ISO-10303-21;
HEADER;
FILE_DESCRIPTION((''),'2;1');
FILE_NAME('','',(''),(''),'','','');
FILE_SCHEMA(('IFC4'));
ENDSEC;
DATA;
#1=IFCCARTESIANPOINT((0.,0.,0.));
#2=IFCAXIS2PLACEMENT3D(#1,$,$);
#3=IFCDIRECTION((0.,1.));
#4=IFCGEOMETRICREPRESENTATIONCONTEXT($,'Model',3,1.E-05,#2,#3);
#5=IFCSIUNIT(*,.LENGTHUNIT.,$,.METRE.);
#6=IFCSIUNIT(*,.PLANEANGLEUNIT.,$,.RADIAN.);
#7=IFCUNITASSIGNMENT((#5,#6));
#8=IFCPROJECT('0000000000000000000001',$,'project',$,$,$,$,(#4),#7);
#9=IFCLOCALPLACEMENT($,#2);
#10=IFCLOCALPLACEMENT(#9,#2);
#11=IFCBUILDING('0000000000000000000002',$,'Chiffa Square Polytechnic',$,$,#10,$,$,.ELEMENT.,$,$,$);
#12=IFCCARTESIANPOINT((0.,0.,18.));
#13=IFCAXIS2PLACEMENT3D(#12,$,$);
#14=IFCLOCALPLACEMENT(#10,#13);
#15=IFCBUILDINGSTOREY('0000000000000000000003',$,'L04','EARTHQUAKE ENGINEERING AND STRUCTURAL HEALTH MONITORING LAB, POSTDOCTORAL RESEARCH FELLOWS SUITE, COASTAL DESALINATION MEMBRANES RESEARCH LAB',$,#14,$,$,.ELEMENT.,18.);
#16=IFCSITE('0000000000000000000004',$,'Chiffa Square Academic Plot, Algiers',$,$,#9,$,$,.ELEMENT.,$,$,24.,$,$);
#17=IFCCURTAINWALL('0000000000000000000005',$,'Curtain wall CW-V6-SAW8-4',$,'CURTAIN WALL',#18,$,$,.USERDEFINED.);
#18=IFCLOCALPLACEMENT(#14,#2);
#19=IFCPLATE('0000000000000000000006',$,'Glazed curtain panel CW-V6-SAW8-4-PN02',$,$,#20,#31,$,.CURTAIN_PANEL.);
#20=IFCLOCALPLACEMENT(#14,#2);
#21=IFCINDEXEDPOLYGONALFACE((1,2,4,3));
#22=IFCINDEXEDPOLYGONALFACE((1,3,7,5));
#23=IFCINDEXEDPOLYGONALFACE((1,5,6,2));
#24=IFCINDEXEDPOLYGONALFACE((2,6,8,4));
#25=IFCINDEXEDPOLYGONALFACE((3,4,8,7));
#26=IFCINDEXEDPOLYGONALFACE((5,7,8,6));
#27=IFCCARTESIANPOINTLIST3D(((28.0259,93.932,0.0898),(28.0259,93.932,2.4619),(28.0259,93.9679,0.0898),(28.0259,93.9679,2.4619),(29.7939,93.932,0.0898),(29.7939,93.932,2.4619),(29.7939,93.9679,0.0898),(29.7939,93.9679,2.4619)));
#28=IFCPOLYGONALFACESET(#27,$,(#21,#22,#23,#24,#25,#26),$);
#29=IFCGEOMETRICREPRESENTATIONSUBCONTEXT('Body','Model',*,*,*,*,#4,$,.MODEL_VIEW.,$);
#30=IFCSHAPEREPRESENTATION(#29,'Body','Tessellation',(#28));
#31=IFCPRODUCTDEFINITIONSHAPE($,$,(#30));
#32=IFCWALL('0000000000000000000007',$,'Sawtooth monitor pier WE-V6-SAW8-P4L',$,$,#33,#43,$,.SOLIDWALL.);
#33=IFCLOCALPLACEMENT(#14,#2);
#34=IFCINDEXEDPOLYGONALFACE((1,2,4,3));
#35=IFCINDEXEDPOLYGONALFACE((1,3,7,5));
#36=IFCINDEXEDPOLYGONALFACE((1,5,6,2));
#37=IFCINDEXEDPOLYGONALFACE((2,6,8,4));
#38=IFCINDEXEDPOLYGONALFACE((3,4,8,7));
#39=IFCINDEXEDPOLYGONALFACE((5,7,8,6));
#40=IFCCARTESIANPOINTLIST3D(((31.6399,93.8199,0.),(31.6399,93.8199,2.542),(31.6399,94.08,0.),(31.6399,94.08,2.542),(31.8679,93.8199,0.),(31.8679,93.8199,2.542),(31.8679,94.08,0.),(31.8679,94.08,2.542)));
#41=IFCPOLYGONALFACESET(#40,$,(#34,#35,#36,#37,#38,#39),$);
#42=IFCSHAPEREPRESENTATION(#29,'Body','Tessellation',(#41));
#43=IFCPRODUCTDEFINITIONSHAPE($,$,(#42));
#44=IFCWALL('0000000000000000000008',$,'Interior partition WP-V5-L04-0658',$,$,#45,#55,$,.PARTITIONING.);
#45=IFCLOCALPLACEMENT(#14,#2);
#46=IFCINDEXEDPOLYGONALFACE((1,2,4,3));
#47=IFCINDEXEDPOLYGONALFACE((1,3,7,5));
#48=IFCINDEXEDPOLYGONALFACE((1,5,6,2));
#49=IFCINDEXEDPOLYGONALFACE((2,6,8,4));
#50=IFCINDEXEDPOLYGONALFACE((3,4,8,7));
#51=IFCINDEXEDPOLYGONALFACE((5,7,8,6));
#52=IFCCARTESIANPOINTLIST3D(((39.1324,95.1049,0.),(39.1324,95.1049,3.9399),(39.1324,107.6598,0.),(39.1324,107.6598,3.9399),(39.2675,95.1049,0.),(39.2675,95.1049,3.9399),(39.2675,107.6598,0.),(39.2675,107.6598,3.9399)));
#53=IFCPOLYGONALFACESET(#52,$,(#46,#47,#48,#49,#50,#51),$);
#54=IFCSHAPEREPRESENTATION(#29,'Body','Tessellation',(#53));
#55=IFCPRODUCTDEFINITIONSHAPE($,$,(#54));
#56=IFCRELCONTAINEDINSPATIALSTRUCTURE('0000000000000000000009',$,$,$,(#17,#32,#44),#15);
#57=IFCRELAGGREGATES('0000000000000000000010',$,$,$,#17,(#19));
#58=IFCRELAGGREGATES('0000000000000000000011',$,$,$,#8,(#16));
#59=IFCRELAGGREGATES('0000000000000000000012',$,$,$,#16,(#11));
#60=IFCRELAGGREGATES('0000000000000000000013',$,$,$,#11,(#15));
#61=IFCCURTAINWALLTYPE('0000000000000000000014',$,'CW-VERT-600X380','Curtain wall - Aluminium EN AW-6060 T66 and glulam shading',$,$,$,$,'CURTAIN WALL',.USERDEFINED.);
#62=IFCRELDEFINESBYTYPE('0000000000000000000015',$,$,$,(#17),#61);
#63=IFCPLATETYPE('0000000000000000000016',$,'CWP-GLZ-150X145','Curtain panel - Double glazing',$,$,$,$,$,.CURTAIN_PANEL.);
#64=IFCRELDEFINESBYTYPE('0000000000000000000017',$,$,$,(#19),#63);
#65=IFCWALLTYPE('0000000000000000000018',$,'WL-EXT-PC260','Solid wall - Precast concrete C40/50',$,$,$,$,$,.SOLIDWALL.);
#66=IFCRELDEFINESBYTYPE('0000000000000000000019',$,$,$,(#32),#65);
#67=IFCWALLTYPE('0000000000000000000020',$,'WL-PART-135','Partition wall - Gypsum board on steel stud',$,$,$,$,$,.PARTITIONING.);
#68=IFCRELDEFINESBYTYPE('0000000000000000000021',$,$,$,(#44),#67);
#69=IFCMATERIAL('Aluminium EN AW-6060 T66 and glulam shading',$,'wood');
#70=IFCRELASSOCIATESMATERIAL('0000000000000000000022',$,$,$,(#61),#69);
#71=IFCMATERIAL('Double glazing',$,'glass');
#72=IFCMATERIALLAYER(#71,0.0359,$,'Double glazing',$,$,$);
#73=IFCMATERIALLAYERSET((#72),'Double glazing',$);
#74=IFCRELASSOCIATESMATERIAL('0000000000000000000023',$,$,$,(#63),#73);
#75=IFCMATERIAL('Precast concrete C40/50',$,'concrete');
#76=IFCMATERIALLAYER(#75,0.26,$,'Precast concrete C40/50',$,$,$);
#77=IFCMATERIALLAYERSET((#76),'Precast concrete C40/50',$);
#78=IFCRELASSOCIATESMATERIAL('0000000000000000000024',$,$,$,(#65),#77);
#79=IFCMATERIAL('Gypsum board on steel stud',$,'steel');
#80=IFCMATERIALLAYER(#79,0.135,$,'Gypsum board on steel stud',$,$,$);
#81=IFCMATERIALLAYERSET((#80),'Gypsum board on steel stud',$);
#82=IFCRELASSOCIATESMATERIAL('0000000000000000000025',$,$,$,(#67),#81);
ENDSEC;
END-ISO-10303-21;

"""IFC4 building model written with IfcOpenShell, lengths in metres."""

from ifc_helpers import new_model, si_unit, direction, frame, frame_2d, origin, origin_2d, place, context, subcontext, project, spatial, rectangle, extrude, material, layer, layer_set, type_object, element, aggregate, save


model = new_model("IFC4")

# Units and contexts
model_context = context("Model", 3, precision=1e-05, world=origin(), true_north=direction((0.0, 1.0)))
body_context = subcontext(model_context, "Body", "Model", "MODEL_VIEW")
ifc_project = project(units=[si_unit("LENGTHUNIT", "METRE"), si_unit("PLANEANGLEUNIT", "RADIAN")], contexts=[model_context])

# Site, building, storey
site_placement = place(None, origin())
site = spatial("IfcSite", under=ifc_project, at=site_placement, Name="Chiffa Square Academic Plot, Algiers", CompositionType="ELEMENT", RefElevation=24.0)
building_placement = place(site_placement, origin())
building = spatial("IfcBuilding", under=site, at=building_placement, Name="Chiffa Square Polytechnic", CompositionType="ELEMENT")
storey_placement = place(building_placement, frame((0.0, 0.0, 18.0)))
storey = spatial("IfcBuildingStorey", under=building, at=storey_placement, Name="L04", Description="EARTHQUAKE ENGINEERING AND STRUCTURAL HEALTH MONITORING LAB, POSTDOCTORAL RESEARCH FELLOWS SUITE, COASTAL DESALINATION MEMBRANES RESEARCH LAB", CompositionType="ELEMENT", Elevation=18.0)

# Curtain wall
ifc_material_1 = material(Name="Aluminium EN AW-6060 T66 and glulam shading", Category="wood")
curtain_wall_type = type_object("IfcCurtainWallType", Name="CW-VERT-600X380", Description="Curtain wall - Aluminium EN AW-6060 T66 and glulam shading", ElementType="CURTAIN WALL", PredefinedType="USERDEFINED", material=ifc_material_1)
curtain_wall_placement = place(storey_placement, origin())
curtain_wall = element("IfcCurtainWall", 1, at=curtain_wall_placement, inside=storey, type_object=curtain_wall_type, Name="Curtain wall CW-V6-SAW8-4", ObjectType="CURTAIN WALL", PredefinedType="USERDEFINED")

# Plate
ifc_material_2 = material(Name="Double glazing", Category="glass")
ifc_layer_1 = layer(ifc_material_2, 0.0359, Name="Double glazing")
ifc_layer_set_1 = layer_set([ifc_layer_1], Name="Double glazing")
plate_type = type_object("IfcPlateType", Name="CWP-GLZ-150X145", Description="Curtain panel - Double glazing", PredefinedType="CURTAIN_PANEL", material=ifc_layer_set_1)
plate_1_placement = place(storey_placement, frame((28.9099, 93.95, 0.0898), z_axis=(0.0, 0.0, 1.0), x_axis=(-1.0, 0.0, 0.0)))
plate_1 = element("IfcPlate", 2, at=plate_1_placement, type_object=plate_type, Name="Glazed curtain panel CW-V6-SAW8-4-PN02", PredefinedType="CURTAIN_PANEL", context=body_context, shape_type="SweptSolid", body=[
    extrude(rectangle(XDim=1.7681, YDim=0.0359, at=origin_2d()), origin(), (0.0, 0.0, 1.0), 2.3721),
])
aggregate(curtain_wall, [plate_1])

# Walls
ifc_material_3 = material(Name="Precast concrete C40/50", Category="concrete")
ifc_layer_2 = layer(ifc_material_3, 0.26, Name="Precast concrete C40/50")
ifc_layer_set_2 = layer_set([ifc_layer_2], Name="Precast concrete C40/50")
wall_type_1 = type_object("IfcWallType", Name="WL-EXT-PC260", Description="Solid wall - Precast concrete C40/50", PredefinedType="SOLIDWALL", material=ifc_layer_set_2)
wall_1_placement = place(storey_placement, frame((31.8679, 93.95, 0.0), z_axis=(0.0, 0.0, 1.0), x_axis=(-1.0, 0.0, 0.0)))
element("IfcWall", 3, at=wall_1_placement, inside=storey, type_object=wall_type_1, Name="Sawtooth monitor pier WE-V6-SAW8-P4L", PredefinedType="SOLIDWALL", context=body_context, shape_type="SweptSolid", body=[
    extrude(rectangle(XDim=0.228, YDim=0.26, at=frame_2d((0.114, 0.0))), origin(), (0.0, 0.0, 1.0), 2.542),
])
ifc_material_4 = material(Name="Gypsum board on steel stud", Category="steel")
ifc_layer_3 = layer(ifc_material_4, 0.135, Name="Gypsum board on steel stud")
ifc_layer_set_3 = layer_set([ifc_layer_3], Name="Gypsum board on steel stud")
wall_type_2 = type_object("IfcWallType", Name="WL-PART-135", Description="Partition wall - Gypsum board on steel stud", PredefinedType="PARTITIONING", material=ifc_layer_set_3)
wall_2_placement = place(storey_placement, frame((39.2, 95.105, 0.0), z_axis=(0.0, 0.0, 1.0), x_axis=(0.0, 1.0, 0.0)))
element("IfcWall", 4, at=wall_2_placement, inside=storey, type_object=wall_type_2, Name="Interior partition WP-V5-L04-0658", PredefinedType="PARTITIONING", context=body_context, shape_type="SweptSolid", body=[
    extrude(rectangle(XDim=12.5549, YDim=0.135, at=frame_2d((6.2773, 0.0))), origin(), (0.0, 0.0, 1.0), 3.9399),
])

save(model, "model.ifc")
